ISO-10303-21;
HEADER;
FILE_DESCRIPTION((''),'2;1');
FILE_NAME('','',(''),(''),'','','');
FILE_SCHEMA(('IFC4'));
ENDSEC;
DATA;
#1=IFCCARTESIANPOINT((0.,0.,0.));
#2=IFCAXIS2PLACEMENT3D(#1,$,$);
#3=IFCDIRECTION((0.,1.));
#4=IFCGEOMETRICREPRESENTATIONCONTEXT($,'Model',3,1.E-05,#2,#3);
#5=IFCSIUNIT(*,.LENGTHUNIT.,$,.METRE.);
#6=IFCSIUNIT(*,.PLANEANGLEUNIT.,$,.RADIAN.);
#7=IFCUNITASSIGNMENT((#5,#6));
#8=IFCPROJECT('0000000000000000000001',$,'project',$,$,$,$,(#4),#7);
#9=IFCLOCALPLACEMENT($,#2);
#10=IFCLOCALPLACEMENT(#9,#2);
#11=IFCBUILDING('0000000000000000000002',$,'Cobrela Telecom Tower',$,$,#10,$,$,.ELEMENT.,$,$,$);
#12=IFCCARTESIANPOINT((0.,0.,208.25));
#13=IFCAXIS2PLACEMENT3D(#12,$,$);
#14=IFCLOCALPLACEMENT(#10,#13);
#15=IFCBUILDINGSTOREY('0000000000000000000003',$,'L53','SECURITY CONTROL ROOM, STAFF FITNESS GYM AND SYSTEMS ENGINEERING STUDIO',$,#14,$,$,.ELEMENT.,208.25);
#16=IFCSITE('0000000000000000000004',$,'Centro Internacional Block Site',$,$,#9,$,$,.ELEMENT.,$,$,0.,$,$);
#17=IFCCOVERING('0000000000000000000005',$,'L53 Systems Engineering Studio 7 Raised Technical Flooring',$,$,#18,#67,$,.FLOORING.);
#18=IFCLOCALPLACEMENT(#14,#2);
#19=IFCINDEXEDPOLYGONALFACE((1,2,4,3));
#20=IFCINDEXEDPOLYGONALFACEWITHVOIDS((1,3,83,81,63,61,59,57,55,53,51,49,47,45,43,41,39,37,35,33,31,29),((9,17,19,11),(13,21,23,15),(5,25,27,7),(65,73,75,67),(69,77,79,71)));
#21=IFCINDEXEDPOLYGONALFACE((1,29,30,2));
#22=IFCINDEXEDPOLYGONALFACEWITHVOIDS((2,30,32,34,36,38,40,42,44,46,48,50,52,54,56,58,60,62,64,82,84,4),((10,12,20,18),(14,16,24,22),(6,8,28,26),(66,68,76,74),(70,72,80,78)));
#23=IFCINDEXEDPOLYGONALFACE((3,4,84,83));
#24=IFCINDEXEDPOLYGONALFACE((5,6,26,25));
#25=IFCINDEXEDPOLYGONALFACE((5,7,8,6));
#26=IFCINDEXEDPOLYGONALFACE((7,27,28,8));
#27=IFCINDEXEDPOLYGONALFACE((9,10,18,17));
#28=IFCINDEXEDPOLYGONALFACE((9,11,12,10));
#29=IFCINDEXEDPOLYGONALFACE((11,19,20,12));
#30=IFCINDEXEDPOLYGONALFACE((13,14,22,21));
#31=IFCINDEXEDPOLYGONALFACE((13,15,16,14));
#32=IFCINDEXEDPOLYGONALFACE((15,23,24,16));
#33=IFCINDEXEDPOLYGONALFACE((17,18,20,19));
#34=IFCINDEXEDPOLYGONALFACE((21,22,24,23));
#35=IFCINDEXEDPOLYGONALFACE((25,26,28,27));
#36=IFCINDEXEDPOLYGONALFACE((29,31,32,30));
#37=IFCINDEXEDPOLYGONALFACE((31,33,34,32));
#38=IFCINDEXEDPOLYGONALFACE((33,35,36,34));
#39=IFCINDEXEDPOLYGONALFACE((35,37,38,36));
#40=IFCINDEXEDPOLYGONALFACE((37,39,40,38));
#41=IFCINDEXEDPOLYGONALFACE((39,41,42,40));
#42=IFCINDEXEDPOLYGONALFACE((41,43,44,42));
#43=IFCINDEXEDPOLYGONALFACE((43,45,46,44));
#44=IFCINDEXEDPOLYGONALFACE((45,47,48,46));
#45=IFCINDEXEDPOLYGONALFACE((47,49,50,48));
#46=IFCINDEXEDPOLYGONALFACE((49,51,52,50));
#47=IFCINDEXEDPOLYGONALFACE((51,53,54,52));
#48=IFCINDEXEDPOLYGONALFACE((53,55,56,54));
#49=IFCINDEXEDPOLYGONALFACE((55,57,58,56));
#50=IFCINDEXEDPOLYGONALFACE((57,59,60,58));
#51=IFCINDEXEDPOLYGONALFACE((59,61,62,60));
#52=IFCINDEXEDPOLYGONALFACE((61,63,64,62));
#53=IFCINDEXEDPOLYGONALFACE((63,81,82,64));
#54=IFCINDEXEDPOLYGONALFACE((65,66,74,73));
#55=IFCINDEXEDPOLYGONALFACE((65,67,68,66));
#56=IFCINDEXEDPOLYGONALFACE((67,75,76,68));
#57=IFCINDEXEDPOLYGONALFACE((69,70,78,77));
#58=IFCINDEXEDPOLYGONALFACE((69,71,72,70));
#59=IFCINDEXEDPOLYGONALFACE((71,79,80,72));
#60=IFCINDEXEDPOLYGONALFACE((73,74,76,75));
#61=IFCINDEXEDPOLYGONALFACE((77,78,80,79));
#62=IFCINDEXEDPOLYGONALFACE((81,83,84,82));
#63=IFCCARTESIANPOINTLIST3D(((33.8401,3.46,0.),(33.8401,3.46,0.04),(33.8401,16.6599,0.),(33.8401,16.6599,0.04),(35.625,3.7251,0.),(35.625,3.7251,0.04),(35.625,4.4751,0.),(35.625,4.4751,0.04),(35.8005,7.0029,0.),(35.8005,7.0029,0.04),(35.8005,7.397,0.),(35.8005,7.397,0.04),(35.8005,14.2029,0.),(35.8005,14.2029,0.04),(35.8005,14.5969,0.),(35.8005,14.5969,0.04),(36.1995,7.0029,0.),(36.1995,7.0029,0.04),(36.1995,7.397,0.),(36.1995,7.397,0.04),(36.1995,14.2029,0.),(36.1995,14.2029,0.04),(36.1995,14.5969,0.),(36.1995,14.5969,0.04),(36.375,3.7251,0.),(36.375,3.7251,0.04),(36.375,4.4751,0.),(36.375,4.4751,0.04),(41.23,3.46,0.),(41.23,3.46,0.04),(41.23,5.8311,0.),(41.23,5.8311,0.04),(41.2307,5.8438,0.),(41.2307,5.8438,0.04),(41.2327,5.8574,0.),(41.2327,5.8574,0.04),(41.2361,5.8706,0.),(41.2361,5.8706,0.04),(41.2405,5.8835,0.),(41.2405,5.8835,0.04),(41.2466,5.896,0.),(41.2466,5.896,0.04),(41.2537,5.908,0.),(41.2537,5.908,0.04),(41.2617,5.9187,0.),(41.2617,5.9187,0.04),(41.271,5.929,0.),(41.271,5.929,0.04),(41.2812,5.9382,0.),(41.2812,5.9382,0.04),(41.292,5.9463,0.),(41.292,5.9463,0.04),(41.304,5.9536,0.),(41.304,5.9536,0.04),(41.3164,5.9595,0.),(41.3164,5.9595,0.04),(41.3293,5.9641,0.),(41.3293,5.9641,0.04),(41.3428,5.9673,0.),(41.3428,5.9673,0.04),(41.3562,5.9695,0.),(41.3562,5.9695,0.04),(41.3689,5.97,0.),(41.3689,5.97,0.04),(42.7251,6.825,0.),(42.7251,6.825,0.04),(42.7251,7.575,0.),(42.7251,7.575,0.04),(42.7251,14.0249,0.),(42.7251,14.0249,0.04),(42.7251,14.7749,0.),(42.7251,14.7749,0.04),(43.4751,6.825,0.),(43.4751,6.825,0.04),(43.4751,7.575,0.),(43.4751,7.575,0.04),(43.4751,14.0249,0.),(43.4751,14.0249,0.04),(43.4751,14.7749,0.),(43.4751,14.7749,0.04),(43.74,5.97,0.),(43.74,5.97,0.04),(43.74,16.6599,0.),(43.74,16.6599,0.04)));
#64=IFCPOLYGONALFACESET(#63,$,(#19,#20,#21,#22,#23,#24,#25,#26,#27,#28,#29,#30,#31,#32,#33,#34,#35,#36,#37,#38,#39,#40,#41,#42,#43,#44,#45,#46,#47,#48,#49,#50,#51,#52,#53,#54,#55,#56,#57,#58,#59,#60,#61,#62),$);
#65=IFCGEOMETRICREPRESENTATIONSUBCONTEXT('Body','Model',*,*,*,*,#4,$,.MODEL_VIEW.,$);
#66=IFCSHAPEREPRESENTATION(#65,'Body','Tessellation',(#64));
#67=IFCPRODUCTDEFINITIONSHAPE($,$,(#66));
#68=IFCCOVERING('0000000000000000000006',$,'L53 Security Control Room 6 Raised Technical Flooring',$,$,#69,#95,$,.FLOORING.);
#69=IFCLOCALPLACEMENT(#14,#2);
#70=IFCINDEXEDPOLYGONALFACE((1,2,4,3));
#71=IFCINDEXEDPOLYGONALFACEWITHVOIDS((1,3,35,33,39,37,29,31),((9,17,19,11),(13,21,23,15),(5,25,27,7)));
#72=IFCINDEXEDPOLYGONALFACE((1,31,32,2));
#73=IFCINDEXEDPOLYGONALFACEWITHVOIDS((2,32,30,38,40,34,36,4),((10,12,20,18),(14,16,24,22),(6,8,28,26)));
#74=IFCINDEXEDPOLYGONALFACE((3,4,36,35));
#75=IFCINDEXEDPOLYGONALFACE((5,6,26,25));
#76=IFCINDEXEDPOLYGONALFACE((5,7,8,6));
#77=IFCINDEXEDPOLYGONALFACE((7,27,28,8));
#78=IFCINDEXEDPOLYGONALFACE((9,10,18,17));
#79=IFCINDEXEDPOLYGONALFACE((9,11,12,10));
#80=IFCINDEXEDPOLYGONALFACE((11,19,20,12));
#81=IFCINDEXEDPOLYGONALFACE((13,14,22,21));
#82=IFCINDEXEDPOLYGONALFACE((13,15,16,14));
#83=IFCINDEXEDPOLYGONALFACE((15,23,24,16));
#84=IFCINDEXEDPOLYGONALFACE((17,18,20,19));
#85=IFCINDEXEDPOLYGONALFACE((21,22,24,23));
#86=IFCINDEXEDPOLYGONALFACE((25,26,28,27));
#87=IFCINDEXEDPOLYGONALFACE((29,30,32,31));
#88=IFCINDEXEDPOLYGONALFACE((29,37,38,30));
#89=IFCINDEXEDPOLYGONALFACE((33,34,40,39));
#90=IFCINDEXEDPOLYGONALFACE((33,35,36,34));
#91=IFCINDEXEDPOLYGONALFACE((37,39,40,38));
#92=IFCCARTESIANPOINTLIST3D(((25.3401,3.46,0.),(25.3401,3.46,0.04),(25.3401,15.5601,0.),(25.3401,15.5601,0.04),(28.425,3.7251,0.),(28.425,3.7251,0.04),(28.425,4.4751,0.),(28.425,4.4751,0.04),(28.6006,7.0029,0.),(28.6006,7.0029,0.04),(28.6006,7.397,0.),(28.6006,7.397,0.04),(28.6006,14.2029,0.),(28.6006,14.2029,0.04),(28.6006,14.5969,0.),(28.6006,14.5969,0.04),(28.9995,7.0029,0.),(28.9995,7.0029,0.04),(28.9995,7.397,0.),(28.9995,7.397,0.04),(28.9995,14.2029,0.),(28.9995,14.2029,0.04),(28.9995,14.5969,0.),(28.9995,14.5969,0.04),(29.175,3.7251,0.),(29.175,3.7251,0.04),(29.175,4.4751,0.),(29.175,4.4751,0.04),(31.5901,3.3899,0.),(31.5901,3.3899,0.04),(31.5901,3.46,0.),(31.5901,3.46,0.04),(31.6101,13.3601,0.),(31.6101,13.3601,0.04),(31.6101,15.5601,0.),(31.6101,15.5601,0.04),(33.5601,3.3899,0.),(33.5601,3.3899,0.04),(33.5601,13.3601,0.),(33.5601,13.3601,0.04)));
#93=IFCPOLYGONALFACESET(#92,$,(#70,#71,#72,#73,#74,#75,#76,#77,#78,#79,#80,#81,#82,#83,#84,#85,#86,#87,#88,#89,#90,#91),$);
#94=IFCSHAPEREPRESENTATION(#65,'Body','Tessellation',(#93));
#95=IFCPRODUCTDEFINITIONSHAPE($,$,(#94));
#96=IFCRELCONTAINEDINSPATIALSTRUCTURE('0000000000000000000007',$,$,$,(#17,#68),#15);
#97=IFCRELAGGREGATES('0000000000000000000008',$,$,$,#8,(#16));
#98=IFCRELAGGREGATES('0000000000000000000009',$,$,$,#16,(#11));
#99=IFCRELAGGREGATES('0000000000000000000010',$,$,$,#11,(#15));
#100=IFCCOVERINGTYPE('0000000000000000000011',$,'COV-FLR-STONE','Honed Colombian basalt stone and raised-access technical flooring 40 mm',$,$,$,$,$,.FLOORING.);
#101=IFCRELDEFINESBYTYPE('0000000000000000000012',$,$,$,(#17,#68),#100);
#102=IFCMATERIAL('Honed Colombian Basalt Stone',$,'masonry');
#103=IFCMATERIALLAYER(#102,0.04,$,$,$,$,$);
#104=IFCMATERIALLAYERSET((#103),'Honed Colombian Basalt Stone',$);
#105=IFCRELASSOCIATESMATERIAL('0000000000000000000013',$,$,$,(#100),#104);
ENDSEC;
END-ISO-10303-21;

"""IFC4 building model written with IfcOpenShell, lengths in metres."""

from ifc_helpers import new_model, si_unit, direction, frame, origin, place, context, subcontext, project, spatial, polyline, outline, extrude, material, layer, layer_set, type_object, element, save


model = new_model("IFC4")

# Units and contexts
model_context = context("Model", 3, precision=1e-05, world=origin(), true_north=direction((0.0, 1.0)))
body_context = subcontext(model_context, "Body", "Model", "MODEL_VIEW")
ifc_project = project(units=[si_unit("LENGTHUNIT", "METRE"), si_unit("PLANEANGLEUNIT", "RADIAN")], contexts=[model_context])

# Site, building, storey
site_placement = place(None, origin())
site = spatial("IfcSite", under=ifc_project, at=site_placement, Name="Centro Internacional Block Site", CompositionType="ELEMENT", RefElevation=0.0)
building_placement = place(site_placement, origin())
building = spatial("IfcBuilding", under=site, at=building_placement, Name="Cobrela Telecom Tower", CompositionType="ELEMENT")
storey_placement = place(building_placement, frame((0.0, 0.0, 208.25)))
storey = spatial("IfcBuildingStorey", under=building, at=storey_placement, Name="L53", Description="SECURITY CONTROL ROOM, STAFF FITNESS GYM AND SYSTEMS ENGINEERING STUDIO", CompositionType="ELEMENT", Elevation=208.25)

# Coverings
ifc_material_1 = material(Name="Honed Colombian Basalt Stone", Category="masonry")
ifc_layer_1 = layer(ifc_material_1, 0.04)
ifc_layer_set_1 = layer_set([ifc_layer_1], Name="Honed Colombian Basalt Stone")
covering_type_1 = type_object("IfcCoveringType", Name="COV-FLR-STONE", Description="Honed Colombian basalt stone and raised-access technical flooring 40 mm", PredefinedType="FLOORING", material=ifc_layer_set_1)
covering_1_placement = place(storey_placement, origin())
element("IfcCovering", 1, at=covering_1_placement, inside=storey, type_object=covering_type_1, Name="L53 Systems Engineering Studio 7 Raised Technical Flooring", PredefinedType="FLOORING", context=body_context, shape_type="SweptSolid", body=[
    extrude(outline(polyline([(43.74, 5.97), (41.3689, 5.97), (41.3562, 5.9695), (41.3428, 5.9673), (41.3293, 5.9641), (41.3164, 5.9595), (41.304, 5.9536), (41.292, 5.9463), (41.2812, 5.9382), (41.271, 5.929), (41.2617, 5.9187), (41.2537, 5.908), (41.2466, 5.896), (41.2405, 5.8835), (41.2361, 5.8706), (41.2327, 5.8574), (41.2307, 5.8438), (41.23, 5.8311), (41.23, 3.46), (33.8401, 3.46), (33.8401, 16.6599), (43.74, 16.6599), (43.74, 5.97)]), holes=[polyline([(36.375, 4.4751), (35.625, 4.4751), (35.625, 3.7251), (36.375, 3.7251), (36.375, 4.4751)]), polyline([(36.1995, 7.0029), (36.1995, 7.397), (35.8005, 7.397), (35.8005, 7.0029), (36.1995, 7.0029)]), polyline([(43.4751, 6.825), (43.4751, 7.575), (42.7251, 7.575), (42.7251, 6.825), (43.4751, 6.825)]), polyline([(36.1995, 14.2029), (36.1995, 14.5969), (35.8005, 14.5969), (35.8005, 14.2029), (36.1995, 14.2029)]), polyline([(43.4751, 14.0249), (43.4751, 14.7749), (42.7251, 14.7749), (42.7251, 14.0249), (43.4751, 14.0249)])]), origin(), (0.0, 0.0, 1.0), 0.04),
])
covering_2_placement = place(storey_placement, origin())
element("IfcCovering", 2, at=covering_2_placement, inside=storey, type_object=covering_type_1, Name="L53 Security Control Room 6 Raised Technical Flooring", PredefinedType="FLOORING", context=body_context, shape_type="SweptSolid", body=[
    extrude(outline(polyline([(25.3401, 3.46), (25.3401, 15.5601), (31.6101, 15.5601), (31.6101, 13.3601), (33.5601, 13.3601), (33.5601, 3.3899), (31.5901, 3.3899), (31.5901, 3.46), (25.3401, 3.46)]), holes=[polyline([(29.175, 3.7251), (29.175, 4.4751), (28.425, 4.4751), (28.425, 3.7251), (29.175, 3.7251)]), polyline([(28.9995, 7.397), (28.6006, 7.397), (28.6006, 7.0029), (28.9995, 7.0029), (28.9995, 7.397)]), polyline([(28.9995, 14.5969), (28.6006, 14.5969), (28.6006, 14.2029), (28.9995, 14.2029), (28.9995, 14.5969)])]), origin(), (0.0, 0.0, 1.0), 0.04),
])

save(model, "model.ifc")
